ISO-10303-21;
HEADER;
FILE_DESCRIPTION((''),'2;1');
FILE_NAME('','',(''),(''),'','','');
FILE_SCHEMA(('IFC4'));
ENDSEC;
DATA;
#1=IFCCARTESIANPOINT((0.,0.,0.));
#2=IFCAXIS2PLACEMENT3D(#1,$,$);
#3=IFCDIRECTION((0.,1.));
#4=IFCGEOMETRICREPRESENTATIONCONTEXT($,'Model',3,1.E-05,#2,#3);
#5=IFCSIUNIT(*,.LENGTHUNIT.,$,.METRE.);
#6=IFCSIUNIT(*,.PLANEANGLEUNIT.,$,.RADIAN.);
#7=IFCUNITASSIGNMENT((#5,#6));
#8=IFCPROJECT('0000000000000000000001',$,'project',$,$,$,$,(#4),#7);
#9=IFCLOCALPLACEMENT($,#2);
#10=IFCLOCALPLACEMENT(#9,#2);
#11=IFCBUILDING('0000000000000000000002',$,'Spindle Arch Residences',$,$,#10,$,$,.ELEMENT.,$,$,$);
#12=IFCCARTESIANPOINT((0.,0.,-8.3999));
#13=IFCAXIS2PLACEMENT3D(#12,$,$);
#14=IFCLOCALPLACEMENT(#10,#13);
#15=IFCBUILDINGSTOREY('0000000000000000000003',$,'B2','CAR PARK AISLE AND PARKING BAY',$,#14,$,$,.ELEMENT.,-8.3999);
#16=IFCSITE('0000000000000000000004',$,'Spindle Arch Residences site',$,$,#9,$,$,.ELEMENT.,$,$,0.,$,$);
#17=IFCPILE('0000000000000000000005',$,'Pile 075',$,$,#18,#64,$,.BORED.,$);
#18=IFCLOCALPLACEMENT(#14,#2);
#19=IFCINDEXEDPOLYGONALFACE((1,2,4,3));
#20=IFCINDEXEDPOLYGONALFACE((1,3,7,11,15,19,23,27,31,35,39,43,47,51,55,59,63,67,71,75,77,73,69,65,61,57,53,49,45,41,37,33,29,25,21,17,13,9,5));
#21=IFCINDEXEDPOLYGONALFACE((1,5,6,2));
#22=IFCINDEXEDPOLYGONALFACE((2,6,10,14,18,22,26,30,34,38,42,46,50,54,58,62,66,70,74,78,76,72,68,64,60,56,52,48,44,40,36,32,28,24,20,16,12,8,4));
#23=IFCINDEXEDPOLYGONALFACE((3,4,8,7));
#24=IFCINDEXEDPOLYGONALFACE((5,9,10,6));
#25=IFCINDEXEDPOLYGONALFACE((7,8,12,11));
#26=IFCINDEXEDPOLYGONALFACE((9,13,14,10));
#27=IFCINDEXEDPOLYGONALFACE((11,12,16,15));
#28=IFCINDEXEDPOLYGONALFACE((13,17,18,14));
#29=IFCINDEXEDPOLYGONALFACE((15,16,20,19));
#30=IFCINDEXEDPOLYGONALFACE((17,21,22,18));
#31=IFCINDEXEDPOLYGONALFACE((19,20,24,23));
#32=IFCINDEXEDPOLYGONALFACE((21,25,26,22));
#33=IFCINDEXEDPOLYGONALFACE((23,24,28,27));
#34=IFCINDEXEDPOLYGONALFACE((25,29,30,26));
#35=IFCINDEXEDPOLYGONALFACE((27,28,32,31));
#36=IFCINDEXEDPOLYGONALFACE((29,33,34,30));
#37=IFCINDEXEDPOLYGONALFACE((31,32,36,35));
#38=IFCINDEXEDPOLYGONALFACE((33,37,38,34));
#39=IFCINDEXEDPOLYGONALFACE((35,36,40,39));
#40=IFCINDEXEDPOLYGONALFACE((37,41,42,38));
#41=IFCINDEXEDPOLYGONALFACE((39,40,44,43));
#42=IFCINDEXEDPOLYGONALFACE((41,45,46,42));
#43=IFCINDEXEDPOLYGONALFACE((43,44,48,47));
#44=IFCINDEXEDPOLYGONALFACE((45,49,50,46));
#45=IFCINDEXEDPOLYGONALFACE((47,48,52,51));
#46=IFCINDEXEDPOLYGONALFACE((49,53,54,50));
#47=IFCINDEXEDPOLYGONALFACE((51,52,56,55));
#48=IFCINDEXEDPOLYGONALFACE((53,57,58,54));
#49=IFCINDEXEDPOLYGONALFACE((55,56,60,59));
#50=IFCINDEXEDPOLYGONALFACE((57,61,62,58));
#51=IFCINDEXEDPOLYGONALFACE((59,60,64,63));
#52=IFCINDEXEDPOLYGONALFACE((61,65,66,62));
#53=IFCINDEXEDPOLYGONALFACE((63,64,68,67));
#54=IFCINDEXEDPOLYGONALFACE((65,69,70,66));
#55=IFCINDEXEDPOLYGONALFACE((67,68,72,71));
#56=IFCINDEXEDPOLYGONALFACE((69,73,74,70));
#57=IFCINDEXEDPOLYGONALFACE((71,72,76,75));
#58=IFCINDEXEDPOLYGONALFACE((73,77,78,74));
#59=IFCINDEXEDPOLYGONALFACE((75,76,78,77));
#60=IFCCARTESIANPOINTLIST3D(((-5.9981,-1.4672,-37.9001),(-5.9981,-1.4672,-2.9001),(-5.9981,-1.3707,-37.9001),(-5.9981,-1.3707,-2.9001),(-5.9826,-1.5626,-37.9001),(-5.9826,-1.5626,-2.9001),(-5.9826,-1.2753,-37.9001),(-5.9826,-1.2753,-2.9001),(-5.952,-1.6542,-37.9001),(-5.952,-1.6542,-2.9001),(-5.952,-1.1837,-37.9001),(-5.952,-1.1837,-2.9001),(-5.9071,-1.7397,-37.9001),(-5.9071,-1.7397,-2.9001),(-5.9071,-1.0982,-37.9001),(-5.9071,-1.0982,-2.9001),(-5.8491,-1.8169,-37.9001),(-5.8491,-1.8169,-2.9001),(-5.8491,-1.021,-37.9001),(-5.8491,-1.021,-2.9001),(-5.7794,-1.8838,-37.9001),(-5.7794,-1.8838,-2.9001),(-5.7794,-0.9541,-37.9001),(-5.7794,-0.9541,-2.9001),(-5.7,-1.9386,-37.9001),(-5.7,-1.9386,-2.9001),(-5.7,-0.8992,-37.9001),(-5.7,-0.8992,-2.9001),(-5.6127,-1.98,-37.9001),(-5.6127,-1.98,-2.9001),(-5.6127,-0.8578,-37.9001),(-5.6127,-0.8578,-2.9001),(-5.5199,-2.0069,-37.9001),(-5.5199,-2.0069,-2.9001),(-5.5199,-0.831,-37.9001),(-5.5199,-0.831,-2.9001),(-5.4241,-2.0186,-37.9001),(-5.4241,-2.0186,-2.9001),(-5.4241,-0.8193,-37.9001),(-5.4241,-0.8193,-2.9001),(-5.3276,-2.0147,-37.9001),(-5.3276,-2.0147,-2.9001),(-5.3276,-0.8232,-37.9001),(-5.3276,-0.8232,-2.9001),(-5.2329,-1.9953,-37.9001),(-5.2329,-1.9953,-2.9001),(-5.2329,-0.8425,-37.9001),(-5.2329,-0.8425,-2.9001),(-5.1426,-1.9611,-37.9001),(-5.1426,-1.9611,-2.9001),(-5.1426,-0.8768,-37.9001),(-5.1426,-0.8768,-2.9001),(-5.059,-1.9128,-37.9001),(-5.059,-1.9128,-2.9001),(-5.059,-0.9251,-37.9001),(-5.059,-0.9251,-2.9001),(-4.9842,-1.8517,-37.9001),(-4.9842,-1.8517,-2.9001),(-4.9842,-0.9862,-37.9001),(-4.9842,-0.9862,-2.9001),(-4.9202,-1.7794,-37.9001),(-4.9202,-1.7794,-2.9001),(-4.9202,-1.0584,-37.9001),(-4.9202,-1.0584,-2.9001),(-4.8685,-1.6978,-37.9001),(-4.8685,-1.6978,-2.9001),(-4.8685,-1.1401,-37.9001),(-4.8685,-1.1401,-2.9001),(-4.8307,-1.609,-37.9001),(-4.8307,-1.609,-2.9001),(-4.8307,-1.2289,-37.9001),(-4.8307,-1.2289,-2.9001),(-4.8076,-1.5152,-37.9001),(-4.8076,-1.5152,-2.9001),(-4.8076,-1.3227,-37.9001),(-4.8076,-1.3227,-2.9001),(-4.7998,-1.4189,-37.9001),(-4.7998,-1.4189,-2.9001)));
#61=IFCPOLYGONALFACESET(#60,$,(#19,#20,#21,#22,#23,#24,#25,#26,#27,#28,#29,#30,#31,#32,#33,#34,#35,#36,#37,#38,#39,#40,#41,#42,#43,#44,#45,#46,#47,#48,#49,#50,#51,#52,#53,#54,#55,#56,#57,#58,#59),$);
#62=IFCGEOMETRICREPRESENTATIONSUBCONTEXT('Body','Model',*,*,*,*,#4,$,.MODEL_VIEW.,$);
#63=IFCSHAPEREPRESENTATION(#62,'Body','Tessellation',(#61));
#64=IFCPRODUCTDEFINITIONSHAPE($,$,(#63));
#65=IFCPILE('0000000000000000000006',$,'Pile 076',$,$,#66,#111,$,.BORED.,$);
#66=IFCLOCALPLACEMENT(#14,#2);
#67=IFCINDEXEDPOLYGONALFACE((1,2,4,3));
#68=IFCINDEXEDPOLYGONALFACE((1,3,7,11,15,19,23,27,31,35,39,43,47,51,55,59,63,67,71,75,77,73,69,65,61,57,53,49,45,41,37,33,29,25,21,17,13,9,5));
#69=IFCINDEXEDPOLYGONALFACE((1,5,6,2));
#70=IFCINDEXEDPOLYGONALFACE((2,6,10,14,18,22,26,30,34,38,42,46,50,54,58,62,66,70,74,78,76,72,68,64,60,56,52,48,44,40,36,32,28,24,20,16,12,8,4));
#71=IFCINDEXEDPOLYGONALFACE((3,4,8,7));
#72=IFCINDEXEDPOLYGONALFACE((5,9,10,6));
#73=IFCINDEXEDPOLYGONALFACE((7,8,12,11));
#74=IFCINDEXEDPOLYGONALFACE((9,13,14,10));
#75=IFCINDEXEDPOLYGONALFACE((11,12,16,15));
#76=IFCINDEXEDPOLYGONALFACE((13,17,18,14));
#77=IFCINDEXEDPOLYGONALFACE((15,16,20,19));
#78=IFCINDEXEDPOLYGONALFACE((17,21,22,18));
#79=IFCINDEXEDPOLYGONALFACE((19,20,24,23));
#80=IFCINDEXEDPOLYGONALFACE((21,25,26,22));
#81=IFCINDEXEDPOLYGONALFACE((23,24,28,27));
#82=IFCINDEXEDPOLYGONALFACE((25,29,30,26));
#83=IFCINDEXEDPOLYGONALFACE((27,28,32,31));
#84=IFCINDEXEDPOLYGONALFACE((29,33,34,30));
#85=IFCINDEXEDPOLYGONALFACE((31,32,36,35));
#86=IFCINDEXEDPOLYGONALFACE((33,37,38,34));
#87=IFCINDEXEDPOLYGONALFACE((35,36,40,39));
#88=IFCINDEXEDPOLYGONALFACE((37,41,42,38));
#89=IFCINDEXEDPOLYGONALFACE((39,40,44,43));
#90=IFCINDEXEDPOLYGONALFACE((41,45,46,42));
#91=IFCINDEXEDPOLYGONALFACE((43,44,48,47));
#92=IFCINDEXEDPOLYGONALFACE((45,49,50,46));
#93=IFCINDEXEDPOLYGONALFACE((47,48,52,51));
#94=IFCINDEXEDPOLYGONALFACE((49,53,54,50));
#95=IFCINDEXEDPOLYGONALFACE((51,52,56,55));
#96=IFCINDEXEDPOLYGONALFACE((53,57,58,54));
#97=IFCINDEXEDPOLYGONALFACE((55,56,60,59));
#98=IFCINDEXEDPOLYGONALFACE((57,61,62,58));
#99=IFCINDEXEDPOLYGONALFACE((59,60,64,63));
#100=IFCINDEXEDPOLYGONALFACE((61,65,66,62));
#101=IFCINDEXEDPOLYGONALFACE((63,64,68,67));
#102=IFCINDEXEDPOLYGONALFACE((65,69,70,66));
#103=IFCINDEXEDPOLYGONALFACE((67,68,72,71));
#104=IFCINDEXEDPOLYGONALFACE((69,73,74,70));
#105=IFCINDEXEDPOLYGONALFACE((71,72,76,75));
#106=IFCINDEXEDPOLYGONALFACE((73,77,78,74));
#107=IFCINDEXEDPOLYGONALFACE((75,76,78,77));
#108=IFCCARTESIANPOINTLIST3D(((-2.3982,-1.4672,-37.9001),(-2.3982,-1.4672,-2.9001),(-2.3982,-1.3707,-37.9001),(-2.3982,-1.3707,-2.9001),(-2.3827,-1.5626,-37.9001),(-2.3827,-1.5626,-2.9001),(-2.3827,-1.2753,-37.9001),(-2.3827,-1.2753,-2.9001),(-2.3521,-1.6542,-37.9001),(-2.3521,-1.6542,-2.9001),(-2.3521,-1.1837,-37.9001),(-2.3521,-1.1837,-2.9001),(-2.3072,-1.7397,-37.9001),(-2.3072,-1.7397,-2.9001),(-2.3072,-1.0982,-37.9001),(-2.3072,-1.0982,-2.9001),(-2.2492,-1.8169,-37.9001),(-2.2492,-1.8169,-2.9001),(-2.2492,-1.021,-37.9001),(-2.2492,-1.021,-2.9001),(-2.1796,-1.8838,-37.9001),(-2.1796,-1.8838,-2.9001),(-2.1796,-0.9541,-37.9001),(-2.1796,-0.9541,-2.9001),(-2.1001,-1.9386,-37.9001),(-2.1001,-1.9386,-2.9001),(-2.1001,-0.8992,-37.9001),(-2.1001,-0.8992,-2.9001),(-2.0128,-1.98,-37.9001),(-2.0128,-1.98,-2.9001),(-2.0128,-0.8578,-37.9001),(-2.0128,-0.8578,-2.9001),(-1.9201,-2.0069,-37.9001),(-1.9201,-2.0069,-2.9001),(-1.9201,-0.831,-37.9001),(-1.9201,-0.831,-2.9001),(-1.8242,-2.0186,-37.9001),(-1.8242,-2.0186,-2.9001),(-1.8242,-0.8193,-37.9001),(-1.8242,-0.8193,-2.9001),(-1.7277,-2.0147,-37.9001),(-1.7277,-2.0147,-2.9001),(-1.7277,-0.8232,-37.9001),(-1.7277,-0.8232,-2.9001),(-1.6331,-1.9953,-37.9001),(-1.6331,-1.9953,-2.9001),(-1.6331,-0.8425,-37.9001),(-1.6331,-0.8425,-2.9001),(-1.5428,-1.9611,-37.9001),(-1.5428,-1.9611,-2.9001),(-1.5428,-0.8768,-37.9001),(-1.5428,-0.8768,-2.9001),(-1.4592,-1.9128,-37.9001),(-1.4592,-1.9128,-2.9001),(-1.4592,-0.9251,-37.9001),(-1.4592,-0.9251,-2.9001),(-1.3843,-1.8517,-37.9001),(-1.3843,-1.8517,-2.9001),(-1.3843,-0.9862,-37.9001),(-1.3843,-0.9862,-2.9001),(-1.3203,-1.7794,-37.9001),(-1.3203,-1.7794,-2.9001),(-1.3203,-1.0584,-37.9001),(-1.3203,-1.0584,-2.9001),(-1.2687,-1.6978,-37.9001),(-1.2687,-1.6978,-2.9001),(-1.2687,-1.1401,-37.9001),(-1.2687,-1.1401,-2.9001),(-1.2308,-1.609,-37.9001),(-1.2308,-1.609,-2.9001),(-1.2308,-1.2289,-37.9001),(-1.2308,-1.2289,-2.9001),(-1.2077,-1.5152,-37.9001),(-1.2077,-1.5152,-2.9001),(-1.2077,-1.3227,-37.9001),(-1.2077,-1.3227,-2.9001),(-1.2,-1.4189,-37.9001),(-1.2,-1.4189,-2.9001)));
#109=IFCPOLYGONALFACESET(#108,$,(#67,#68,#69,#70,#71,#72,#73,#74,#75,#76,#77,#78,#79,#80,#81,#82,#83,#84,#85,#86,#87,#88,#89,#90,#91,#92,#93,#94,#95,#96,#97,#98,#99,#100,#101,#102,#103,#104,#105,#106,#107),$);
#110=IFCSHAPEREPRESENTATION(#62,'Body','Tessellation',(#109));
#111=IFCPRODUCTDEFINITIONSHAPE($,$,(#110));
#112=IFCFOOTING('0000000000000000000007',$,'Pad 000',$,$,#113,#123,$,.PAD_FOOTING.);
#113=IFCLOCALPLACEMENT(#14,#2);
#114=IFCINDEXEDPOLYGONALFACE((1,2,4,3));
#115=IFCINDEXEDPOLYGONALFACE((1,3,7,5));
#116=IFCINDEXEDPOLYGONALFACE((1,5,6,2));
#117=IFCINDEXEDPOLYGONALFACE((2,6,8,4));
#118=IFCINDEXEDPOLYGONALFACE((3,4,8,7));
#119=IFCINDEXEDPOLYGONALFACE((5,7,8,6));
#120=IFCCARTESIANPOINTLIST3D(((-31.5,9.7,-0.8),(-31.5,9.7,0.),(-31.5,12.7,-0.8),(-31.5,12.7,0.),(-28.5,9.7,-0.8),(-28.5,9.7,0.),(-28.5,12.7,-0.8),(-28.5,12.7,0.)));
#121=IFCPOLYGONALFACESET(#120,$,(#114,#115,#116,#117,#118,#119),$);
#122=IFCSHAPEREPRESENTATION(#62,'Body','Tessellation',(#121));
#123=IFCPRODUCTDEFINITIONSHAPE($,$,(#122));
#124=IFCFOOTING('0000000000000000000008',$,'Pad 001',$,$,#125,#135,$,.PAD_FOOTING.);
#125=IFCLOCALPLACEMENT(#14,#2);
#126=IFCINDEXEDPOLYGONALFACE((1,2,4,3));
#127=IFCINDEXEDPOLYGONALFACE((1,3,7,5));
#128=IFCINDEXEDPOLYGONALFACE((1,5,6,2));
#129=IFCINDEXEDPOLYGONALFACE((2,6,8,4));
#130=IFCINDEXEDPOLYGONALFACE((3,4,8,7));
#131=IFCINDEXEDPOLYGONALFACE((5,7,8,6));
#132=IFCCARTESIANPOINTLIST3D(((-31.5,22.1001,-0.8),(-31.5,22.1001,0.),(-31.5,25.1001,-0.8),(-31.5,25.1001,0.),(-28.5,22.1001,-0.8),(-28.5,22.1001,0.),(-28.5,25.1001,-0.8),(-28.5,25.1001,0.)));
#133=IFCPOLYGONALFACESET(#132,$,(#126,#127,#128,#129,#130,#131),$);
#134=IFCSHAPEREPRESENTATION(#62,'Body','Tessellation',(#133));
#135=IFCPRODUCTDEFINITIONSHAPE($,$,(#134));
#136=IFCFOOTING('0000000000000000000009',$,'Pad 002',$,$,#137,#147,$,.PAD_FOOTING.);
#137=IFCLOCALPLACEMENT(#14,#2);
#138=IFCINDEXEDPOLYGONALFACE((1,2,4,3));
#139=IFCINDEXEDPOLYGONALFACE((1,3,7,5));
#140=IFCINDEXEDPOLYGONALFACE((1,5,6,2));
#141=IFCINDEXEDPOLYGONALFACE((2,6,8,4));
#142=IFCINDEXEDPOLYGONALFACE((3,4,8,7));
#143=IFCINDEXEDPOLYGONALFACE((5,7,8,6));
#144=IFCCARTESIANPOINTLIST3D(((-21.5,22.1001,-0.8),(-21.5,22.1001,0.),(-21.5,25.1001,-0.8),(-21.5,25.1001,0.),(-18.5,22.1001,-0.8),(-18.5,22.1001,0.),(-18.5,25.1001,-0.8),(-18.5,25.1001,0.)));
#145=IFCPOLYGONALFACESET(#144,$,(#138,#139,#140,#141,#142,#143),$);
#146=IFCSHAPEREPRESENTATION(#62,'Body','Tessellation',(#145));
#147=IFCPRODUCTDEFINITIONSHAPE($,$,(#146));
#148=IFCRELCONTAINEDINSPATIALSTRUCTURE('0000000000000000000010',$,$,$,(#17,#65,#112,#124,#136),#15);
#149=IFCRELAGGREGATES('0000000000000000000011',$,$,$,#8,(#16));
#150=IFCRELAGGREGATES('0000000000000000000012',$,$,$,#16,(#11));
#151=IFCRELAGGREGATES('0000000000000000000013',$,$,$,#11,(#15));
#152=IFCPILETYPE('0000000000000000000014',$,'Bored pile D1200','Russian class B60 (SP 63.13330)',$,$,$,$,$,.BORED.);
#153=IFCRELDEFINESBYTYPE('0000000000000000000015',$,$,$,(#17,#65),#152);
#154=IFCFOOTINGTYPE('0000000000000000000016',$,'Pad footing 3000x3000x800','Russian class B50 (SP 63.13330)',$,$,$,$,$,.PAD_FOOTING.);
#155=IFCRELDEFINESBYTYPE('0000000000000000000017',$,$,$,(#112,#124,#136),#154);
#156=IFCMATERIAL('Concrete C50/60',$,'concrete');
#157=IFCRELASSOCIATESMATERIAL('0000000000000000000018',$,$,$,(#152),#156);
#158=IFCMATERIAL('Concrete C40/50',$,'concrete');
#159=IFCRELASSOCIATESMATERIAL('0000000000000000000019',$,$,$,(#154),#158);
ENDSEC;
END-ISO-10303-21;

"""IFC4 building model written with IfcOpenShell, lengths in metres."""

from ifc_helpers import new_model, si_unit, direction, frame, origin, origin_2d, place, context, subcontext, project, spatial, polyline, circle, outline, extrude, material, material_profile, profile_set, type_object, element, save


model = new_model("IFC4")

# Units and contexts
model_context = context("Model", 3, precision=1e-05, world=origin(), true_north=direction((0.0, 1.0)))
body_context = subcontext(model_context, "Body", "Model", "MODEL_VIEW")
ifc_project = project(units=[si_unit("LENGTHUNIT", "METRE"), si_unit("PLANEANGLEUNIT", "RADIAN")], contexts=[model_context])

# Site, building, storey
site_placement = place(None, origin())
site = spatial("IfcSite", under=ifc_project, at=site_placement, Name="Spindle Arch Residences site", CompositionType="ELEMENT", RefElevation=0.0)
building_placement = place(site_placement, origin())
building = spatial("IfcBuilding", under=site, at=building_placement, Name="Spindle Arch Residences", CompositionType="ELEMENT")
storey_placement = place(building_placement, frame((0.0, 0.0, -8.3999)))
storey = spatial("IfcBuildingStorey", under=building, at=storey_placement, Name="B2", Description="CAR PARK AISLE AND PARKING BAY", CompositionType="ELEMENT", Elevation=-8.3999)

# Piles
ifc_material_1 = material(Name="Concrete C50/60", Category="concrete")
ifc_material_profile = material_profile(ifc_material_1, circle(Radius=0.6001, at=origin_2d()), Name="BP D1200")
ifc_profile_set = profile_set([ifc_material_profile], Name="Concrete C50/60")
pile_type = type_object("IfcPileType", Name="Bored pile D1200", Description="Russian class B60 (SP 63.13330)", PredefinedType="BORED", material=ifc_profile_set)
for number, where, z_axis, x_axis, name in (
    (1, (-5.3999, -1.4189, -2.9001), (0.0, 0.0, -1.0), (1.0, 0.0, 0.0), "Pile 075"),
    (2, (-1.8, -1.4189, -2.9001), (0.0, 0.0, -1.0), (1.0, 0.0, 0.0), "Pile 076"),
):
    element("IfcPile", number, at=place(storey_placement, frame(where, z_axis=z_axis, x_axis=x_axis)), inside=storey, type_object=pile_type, Name=name, PredefinedType="BORED", context=body_context, shape_type="SweptSolid", body=[
        extrude(circle(Radius=0.6001, at=origin_2d()), origin(), (0.0, 0.0, 1.0), 35.0),
    ])

# Footings
ifc_material_2 = material(Name="Concrete C40/50", Category="concrete")
footing_type_1 = type_object("IfcFootingType", Name="Pad footing 3000x3000x800", Description="Russian class B50 (SP 63.13330)", PredefinedType="PAD_FOOTING", material=ifc_material_2)
footing_1_placement = place(storey_placement, frame((0.0, 0.0, -0.8)))
element("IfcFooting", 3, at=footing_1_placement, inside=storey, type_object=footing_type_1, Name="Pad 000", PredefinedType="PAD_FOOTING", context=body_context, shape_type="SweptSolid", body=[
    extrude(outline(polyline([(-28.5, 9.7), (-28.5, 12.7), (-31.5, 12.7), (-31.5, 9.7), (-28.5, 9.7)])), origin(), (0.0, 0.0, 1.0), 0.8),
])
footing_2_placement = place(storey_placement, frame((0.0, 0.0, -0.8)))
element("IfcFooting", 4, at=footing_2_placement, inside=storey, type_object=footing_type_1, Name="Pad 001", PredefinedType="PAD_FOOTING", context=body_context, shape_type="SweptSolid", body=[
    extrude(outline(polyline([(-28.5, 22.1001), (-28.5, 25.1001), (-31.5, 25.1001), (-31.5, 22.1001), (-28.5, 22.1001)])), origin(), (0.0, 0.0, 1.0), 0.8),
])
footing_3_placement = place(storey_placement, frame((0.0, 0.0, -0.8)))
element("IfcFooting", 5, at=footing_3_placement, inside=storey, type_object=footing_type_1, Name="Pad 002", PredefinedType="PAD_FOOTING", context=body_context, shape_type="SweptSolid", body=[
    extrude(outline(polyline([(-18.5, 22.1001), (-18.5, 25.1001), (-21.5, 25.1001), (-21.5, 22.1001), (-18.5, 22.1001)])), origin(), (0.0, 0.0, 1.0), 0.8),
])

save(model, "model.ifc")
